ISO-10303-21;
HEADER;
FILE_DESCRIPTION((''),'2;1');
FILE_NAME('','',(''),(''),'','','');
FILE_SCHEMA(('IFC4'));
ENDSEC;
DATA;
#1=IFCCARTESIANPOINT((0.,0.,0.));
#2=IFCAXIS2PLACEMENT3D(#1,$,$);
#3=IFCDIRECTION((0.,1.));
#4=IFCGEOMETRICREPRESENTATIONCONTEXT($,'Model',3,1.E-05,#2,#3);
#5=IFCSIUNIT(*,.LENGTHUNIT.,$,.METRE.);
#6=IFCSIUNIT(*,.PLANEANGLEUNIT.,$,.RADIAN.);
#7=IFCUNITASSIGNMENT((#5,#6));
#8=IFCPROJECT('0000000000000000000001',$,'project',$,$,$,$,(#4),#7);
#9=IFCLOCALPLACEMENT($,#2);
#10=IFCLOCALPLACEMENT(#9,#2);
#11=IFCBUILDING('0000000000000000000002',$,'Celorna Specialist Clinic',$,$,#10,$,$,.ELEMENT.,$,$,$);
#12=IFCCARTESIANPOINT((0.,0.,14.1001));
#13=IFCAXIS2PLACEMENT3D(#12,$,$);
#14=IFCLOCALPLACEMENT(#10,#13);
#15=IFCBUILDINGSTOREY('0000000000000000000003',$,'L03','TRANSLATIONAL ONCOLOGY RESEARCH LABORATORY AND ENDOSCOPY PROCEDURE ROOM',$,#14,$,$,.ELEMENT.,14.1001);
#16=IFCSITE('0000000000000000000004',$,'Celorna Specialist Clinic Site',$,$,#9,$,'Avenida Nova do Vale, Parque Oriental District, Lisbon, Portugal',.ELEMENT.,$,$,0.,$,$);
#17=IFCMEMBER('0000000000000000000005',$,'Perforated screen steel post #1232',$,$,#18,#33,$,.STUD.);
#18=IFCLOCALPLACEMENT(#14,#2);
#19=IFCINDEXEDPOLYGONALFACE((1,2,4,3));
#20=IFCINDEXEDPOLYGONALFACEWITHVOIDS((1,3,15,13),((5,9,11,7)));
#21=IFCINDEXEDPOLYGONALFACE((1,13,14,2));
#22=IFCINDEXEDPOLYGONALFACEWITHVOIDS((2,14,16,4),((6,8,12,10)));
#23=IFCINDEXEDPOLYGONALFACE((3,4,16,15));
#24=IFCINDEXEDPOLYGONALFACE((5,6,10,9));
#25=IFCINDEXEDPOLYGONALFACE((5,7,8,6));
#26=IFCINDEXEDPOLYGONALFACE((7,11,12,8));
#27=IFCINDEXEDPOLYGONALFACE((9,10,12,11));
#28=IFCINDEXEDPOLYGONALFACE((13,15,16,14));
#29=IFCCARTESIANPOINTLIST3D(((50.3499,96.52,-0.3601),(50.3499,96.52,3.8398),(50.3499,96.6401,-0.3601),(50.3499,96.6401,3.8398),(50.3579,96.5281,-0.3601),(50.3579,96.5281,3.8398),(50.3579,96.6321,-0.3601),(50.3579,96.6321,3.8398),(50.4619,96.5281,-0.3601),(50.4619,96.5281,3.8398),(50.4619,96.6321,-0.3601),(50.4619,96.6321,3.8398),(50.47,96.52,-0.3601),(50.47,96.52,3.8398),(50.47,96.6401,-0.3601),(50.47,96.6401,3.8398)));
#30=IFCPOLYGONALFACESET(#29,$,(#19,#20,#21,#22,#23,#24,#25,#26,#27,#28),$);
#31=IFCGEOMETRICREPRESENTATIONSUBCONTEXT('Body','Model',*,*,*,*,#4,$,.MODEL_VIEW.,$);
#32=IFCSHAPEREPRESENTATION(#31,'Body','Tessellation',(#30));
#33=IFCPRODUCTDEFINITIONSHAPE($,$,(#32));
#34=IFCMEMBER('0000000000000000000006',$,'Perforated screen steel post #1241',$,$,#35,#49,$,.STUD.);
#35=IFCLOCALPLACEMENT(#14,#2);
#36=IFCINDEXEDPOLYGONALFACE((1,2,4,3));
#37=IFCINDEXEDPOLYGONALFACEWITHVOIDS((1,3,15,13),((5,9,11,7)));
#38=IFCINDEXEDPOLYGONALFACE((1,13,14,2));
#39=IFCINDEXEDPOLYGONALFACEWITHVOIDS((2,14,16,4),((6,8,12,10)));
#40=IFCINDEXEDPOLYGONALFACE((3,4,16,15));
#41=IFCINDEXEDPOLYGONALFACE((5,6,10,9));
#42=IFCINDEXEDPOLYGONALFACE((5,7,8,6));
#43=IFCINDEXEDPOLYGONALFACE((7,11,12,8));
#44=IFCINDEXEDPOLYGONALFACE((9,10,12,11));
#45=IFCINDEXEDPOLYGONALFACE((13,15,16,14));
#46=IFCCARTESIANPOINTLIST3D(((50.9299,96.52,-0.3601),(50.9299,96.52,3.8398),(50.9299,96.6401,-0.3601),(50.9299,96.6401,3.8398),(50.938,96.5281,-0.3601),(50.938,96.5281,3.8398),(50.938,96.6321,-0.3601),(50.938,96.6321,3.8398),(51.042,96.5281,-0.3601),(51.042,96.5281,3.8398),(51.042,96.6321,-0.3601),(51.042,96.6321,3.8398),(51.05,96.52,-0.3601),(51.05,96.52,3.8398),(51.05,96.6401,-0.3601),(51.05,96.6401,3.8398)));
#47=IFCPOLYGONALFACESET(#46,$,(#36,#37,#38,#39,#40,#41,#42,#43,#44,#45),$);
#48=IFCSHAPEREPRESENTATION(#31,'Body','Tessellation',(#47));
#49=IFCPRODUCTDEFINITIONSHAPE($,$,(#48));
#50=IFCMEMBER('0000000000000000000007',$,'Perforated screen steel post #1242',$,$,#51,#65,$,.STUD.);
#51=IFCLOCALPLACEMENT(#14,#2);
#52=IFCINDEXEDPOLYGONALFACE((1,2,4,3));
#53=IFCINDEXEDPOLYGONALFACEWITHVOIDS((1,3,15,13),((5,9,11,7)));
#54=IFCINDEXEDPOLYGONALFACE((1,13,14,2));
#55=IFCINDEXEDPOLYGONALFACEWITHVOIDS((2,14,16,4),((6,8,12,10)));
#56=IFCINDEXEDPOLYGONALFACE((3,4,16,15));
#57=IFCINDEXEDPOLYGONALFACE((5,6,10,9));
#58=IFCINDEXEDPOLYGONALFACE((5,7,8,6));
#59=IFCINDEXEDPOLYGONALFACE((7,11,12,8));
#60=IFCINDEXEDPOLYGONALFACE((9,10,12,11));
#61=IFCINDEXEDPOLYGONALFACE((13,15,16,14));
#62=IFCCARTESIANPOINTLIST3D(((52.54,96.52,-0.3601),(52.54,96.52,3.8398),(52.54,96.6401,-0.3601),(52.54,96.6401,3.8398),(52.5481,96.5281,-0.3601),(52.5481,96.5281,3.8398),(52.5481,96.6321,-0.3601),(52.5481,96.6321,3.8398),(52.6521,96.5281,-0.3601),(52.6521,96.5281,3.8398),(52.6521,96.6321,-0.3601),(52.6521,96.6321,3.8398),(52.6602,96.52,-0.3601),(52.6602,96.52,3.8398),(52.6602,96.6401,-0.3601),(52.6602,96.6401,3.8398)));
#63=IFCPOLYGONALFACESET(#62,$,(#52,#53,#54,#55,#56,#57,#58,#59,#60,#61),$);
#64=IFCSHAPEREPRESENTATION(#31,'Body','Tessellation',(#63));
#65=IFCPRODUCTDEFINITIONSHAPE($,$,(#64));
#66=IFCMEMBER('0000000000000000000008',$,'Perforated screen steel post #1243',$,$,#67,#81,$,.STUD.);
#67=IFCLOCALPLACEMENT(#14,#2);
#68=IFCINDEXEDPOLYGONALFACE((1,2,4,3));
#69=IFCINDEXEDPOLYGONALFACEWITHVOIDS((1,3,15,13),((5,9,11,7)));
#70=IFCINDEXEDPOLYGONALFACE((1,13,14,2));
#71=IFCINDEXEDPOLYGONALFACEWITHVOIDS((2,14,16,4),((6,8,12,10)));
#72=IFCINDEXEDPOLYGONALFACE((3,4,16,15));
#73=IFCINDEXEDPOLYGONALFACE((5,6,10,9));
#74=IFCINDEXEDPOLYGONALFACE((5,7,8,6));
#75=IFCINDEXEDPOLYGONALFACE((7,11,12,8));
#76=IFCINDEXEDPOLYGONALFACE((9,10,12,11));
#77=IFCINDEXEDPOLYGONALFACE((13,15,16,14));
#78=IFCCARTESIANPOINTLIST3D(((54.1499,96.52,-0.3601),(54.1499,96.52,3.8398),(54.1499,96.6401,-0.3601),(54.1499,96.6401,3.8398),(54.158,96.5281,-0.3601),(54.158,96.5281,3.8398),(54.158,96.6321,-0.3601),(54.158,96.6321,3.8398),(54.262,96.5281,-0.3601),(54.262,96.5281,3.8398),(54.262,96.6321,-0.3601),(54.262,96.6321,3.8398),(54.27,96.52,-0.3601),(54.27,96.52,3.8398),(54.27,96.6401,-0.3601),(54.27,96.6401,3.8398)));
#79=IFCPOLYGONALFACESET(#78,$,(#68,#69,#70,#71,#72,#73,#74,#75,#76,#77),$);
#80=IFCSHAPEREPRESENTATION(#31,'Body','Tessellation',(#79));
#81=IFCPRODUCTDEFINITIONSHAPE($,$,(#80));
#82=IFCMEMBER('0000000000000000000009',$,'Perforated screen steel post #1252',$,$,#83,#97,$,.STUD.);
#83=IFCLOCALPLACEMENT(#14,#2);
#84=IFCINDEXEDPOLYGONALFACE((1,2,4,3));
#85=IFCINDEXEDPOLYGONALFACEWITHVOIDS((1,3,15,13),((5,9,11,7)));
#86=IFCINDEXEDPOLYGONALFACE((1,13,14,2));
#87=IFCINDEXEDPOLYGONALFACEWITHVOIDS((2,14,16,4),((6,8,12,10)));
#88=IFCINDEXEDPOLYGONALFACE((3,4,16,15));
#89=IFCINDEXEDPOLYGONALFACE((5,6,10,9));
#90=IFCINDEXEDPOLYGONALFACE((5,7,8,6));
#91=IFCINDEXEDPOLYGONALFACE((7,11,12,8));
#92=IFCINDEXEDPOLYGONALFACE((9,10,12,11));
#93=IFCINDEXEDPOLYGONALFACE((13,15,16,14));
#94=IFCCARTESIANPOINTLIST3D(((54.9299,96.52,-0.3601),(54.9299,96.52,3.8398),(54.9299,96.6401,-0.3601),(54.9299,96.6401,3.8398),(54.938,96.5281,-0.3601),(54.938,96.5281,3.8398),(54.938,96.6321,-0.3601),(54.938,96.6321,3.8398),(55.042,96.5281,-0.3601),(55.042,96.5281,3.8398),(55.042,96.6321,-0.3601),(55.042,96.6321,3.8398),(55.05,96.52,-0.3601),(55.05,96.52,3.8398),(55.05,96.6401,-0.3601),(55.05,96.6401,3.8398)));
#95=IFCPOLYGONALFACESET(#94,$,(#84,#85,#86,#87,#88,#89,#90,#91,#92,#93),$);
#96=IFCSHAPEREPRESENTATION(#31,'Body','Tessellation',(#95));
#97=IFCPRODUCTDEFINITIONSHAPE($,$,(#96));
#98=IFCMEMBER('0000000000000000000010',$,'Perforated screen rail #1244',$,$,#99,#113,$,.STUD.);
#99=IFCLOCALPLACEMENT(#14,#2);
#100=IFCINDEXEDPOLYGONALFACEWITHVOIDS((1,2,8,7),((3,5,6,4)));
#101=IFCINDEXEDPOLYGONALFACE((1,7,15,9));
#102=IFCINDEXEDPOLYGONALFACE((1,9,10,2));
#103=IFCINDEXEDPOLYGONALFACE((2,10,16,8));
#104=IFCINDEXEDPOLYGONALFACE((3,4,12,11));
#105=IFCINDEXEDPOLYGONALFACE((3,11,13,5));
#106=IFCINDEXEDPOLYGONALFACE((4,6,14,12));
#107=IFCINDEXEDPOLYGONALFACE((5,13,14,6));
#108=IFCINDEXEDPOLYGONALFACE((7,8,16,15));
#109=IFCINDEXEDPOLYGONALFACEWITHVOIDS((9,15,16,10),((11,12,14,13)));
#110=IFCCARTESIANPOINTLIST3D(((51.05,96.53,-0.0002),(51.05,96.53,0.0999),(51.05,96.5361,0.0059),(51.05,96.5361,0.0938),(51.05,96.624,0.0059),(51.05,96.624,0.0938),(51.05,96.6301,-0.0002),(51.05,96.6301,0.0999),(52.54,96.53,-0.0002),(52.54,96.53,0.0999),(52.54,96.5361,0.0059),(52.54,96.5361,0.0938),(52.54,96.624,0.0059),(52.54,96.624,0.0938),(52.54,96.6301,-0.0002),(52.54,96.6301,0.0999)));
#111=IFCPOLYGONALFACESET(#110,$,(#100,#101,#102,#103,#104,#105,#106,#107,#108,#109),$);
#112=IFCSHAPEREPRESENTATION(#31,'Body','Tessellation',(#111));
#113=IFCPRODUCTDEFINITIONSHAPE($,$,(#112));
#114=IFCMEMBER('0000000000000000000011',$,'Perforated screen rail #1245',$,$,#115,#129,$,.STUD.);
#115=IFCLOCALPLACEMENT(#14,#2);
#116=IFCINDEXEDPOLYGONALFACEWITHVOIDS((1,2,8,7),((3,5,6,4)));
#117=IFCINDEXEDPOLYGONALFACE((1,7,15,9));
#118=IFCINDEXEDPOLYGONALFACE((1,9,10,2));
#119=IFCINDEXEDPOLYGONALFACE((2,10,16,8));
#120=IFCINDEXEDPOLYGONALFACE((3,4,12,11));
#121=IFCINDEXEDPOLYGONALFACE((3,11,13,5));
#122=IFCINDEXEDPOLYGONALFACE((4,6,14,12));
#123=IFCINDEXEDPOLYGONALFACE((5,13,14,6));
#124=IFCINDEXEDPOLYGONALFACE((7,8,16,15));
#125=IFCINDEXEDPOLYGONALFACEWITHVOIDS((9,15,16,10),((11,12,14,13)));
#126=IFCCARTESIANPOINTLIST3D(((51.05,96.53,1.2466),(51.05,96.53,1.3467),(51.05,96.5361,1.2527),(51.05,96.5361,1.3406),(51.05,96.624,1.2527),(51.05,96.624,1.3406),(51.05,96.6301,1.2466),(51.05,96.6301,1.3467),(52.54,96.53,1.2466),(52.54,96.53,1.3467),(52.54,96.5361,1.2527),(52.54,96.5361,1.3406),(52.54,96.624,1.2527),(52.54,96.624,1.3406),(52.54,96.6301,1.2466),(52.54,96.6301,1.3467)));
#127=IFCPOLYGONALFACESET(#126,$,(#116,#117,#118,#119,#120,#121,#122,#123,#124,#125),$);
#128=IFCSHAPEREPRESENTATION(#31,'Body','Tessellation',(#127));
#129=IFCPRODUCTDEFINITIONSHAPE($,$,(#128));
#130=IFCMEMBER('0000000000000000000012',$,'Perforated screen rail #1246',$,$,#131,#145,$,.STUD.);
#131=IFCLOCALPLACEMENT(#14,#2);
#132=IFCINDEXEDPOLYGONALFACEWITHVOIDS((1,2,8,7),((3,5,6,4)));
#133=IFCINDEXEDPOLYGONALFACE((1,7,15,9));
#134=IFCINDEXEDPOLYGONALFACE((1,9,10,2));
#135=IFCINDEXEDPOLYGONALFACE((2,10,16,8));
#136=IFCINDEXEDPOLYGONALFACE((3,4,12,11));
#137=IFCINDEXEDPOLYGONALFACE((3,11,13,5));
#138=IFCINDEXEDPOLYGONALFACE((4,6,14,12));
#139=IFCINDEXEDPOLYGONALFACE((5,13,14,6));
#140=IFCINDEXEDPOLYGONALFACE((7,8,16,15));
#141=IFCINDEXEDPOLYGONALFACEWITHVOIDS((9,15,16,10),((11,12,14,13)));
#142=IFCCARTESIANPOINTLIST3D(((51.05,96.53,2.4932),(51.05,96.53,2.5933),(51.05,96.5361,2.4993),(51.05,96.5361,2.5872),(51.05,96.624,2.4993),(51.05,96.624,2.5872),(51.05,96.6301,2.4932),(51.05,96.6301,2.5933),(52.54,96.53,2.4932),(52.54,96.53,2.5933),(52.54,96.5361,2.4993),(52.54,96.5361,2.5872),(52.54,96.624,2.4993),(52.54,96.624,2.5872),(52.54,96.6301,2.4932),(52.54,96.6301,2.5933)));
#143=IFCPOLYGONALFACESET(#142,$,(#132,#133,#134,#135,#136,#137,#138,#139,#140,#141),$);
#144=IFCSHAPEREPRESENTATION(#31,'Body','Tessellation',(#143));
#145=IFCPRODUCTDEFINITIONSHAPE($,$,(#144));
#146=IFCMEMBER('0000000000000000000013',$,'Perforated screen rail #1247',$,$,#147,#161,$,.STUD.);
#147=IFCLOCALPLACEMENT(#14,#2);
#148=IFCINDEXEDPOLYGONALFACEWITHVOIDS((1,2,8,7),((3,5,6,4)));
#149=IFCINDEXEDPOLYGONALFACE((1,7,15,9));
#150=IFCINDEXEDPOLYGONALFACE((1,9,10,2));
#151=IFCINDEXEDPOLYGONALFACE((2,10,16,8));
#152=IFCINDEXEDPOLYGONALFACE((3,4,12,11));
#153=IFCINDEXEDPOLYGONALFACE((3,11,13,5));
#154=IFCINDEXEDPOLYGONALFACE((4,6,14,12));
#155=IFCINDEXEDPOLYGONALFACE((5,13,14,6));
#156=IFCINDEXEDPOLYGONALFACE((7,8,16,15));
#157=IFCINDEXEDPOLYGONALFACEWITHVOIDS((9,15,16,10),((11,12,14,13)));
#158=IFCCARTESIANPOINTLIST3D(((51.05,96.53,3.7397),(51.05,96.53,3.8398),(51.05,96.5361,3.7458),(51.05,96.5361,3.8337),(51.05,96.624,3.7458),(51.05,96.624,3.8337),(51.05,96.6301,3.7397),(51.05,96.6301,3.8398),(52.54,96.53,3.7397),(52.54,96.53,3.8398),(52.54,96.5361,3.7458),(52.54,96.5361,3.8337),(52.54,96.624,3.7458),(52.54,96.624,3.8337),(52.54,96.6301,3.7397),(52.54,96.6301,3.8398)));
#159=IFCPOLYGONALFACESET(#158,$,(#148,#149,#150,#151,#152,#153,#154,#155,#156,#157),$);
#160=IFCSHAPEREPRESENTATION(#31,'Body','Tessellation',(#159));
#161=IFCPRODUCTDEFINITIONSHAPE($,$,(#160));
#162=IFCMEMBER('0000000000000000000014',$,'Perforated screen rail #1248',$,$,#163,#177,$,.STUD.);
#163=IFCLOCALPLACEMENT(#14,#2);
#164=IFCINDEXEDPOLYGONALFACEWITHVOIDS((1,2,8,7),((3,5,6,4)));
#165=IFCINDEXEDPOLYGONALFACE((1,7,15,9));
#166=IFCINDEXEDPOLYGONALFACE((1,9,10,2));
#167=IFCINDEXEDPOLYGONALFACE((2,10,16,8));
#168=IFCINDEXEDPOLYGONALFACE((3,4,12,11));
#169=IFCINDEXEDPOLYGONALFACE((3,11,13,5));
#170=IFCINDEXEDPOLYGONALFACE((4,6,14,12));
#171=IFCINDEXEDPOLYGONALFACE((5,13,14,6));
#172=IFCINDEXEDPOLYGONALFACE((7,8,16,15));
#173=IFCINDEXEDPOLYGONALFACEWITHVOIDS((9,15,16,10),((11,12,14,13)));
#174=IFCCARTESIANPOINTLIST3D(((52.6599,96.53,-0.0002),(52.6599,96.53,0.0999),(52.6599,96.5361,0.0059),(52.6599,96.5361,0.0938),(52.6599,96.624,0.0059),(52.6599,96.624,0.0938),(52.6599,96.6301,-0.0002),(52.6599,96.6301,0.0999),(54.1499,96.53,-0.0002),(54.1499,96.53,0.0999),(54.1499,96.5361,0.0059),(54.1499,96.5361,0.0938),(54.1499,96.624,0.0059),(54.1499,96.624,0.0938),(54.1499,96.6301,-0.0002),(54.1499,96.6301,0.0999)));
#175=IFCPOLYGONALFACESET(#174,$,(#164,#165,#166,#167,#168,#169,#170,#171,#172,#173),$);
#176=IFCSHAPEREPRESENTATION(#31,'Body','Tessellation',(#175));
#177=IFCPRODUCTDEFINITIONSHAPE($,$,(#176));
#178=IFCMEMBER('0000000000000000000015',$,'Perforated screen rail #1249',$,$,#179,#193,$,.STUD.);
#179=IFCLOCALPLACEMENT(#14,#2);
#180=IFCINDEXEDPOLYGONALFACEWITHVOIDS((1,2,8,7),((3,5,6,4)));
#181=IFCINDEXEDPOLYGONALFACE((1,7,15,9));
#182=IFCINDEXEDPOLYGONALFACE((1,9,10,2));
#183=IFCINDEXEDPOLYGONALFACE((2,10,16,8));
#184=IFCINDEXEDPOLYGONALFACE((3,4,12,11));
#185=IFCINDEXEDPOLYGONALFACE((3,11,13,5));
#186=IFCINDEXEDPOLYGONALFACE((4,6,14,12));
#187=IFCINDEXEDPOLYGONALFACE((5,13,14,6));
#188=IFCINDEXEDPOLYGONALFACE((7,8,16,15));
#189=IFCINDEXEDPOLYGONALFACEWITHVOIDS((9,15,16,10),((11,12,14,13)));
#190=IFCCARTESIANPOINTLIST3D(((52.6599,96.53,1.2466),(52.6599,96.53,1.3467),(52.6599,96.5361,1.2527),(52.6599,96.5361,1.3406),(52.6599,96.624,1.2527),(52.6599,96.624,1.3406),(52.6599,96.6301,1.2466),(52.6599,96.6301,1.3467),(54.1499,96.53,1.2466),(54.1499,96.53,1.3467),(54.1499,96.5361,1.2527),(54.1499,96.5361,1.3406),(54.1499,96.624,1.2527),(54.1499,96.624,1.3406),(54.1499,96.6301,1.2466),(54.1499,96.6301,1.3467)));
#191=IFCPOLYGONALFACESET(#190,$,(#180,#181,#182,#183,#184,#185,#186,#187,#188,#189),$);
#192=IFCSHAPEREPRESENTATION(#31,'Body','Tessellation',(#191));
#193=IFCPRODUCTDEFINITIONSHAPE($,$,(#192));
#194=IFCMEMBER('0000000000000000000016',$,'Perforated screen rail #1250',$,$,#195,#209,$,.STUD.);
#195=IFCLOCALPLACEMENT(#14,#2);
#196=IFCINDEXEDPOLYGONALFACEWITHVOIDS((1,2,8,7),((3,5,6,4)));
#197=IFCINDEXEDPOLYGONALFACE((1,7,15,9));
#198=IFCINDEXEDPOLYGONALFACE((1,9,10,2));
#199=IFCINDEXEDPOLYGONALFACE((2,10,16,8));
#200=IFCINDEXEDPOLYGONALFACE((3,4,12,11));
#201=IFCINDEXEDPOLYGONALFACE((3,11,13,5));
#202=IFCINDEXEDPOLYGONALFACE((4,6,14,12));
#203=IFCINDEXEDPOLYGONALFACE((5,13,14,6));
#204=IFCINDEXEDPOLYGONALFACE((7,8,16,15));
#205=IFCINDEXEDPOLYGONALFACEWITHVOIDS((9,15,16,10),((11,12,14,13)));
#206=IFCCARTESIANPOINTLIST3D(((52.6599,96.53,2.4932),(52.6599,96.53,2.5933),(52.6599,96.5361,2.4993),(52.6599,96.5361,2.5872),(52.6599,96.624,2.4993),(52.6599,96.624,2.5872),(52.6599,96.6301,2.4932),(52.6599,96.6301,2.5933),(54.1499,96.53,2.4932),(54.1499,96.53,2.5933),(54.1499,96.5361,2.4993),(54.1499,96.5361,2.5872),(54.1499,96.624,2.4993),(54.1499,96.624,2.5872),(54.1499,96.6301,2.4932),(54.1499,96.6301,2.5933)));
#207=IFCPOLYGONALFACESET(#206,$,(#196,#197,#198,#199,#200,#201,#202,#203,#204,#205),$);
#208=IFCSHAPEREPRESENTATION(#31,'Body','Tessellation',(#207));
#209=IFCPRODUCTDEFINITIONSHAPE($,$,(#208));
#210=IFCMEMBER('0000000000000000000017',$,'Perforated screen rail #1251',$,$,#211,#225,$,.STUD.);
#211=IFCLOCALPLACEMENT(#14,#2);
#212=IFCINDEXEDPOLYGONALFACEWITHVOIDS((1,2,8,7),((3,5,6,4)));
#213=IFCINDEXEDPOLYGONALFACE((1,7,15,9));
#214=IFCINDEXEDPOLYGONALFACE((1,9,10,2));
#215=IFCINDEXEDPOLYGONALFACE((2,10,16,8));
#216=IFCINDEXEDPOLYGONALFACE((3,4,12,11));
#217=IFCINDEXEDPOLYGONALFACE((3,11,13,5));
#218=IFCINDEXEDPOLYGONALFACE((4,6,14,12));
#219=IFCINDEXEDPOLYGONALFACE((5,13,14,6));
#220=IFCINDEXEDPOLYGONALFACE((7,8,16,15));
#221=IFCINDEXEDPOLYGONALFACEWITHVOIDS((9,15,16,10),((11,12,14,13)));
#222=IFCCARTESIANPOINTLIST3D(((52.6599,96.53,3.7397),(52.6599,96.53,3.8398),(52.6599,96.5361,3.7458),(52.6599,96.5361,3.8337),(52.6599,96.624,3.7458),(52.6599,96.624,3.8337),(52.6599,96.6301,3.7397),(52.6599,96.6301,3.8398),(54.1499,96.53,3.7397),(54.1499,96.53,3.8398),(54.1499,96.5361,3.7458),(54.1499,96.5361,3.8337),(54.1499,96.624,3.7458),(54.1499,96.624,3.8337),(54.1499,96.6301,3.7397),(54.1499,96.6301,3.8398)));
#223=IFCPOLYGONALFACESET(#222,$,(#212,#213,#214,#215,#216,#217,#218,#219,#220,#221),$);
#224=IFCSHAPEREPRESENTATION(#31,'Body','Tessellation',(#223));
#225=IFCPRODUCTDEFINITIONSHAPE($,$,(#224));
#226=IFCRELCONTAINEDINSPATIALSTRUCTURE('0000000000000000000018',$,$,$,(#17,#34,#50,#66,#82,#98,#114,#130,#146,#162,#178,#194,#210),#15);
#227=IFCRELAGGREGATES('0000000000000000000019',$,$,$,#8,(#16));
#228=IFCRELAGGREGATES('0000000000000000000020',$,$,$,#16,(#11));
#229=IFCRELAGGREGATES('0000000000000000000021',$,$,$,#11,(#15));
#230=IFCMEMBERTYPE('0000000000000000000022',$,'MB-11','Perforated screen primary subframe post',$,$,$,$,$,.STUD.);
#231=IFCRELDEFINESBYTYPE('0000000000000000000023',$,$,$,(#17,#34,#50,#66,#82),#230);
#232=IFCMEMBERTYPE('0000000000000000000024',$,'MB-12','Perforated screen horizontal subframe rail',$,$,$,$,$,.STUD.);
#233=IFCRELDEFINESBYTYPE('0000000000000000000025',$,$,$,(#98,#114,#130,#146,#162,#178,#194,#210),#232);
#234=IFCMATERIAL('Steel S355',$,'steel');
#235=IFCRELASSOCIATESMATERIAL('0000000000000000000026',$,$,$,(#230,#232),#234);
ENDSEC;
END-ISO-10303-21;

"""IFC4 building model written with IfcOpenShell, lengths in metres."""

from ifc_helpers import new_model, si_unit, direction, frame, origin, origin_2d, place, context, subcontext, project, spatial, hollow_rectangle, extrude, material, material_profile, profile_set, type_object, element, save


model = new_model("IFC4")

# Units and contexts
model_context = context("Model", 3, precision=1e-05, world=origin(), true_north=direction((0.0, 1.0)))
body_context = subcontext(model_context, "Body", "Model", "MODEL_VIEW")
ifc_project = project(units=[si_unit("LENGTHUNIT", "METRE"), si_unit("PLANEANGLEUNIT", "RADIAN")], contexts=[model_context])

# Site, building, storey
site_placement = place(None, origin())
site = spatial("IfcSite", under=ifc_project, at=site_placement, Name="Celorna Specialist Clinic Site", LongName="Avenida Nova do Vale, Parque Oriental District, Lisbon, Portugal", CompositionType="ELEMENT", RefElevation=0.0)
building_placement = place(site_placement, origin())
building = spatial("IfcBuilding", under=site, at=building_placement, Name="Celorna Specialist Clinic", CompositionType="ELEMENT")
storey_placement = place(building_placement, frame((0.0, 0.0, 14.1001)))
storey = spatial("IfcBuildingStorey", under=building, at=storey_placement, Name="L03", Description="TRANSLATIONAL ONCOLOGY RESEARCH LABORATORY AND ENDOSCOPY PROCEDURE ROOM", CompositionType="ELEMENT", Elevation=14.1001)

# Members
ifc_material_1 = material(Name="Steel S355", Category="steel")
ifc_material_profile_1 = material_profile(ifc_material_1, hollow_rectangle(XDim=0.1201, YDim=0.1201, WallThickness=0.0081, at=origin_2d()), Name="SHS 120x120x8")
ifc_profile_set_1 = profile_set([ifc_material_profile_1], Name="Steel S355")
member_type_1 = type_object("IfcMemberType", Name="MB-11", Description="Perforated screen primary subframe post", PredefinedType="STUD", material=ifc_profile_set_1)
for number, where, z_axis, x_axis, name in (
    (1, (50.4099, 96.5801, -0.3601), (0.0, 0.0, 1.0), (1.0, 0.0, 0.0), "Perforated screen steel post #1232"),
    (2, (50.99, 96.5801, -0.3601), (0.0, 0.0, 1.0), (1.0, 0.0, 0.0), "Perforated screen steel post #1241"),
    (3, (52.6001, 96.5801, -0.3601), (0.0, 0.0, 1.0), (1.0, 0.0, 0.0), "Perforated screen steel post #1242"),
    (4, (54.21, 96.5801, -0.3601), (0.0, 0.0, 1.0), (1.0, 0.0, 0.0), "Perforated screen steel post #1243"),
    (5, (54.99, 96.5801, -0.3601), (0.0, 0.0, 1.0), (1.0, 0.0, 0.0), "Perforated screen steel post #1252"),
):
    element("IfcMember", number, at=place(storey_placement, frame(where, z_axis=z_axis, x_axis=x_axis)), inside=storey, type_object=member_type_1, Name=name, PredefinedType="STUD", context=body_context, shape_type="SweptSolid", body=[
        extrude(hollow_rectangle(XDim=0.1201, YDim=0.1201, WallThickness=0.0081, at=origin_2d()), origin(), (0.0, 0.0, 1.0), 4.2),
    ])
ifc_material_profile_2 = material_profile(ifc_material_1, hollow_rectangle(XDim=0.1001, YDim=0.1001, WallThickness=0.0061, at=origin_2d()), Name="SHS 100x100x6")
ifc_profile_set_2 = profile_set([ifc_material_profile_2], Name="Steel S355")
member_type_2 = type_object("IfcMemberType", Name="MB-12", Description="Perforated screen horizontal subframe rail", PredefinedType="STUD", material=ifc_profile_set_2)
for number, where, z_axis, x_axis, name in (
    (6, (51.05, 96.5801, 0.0498), (1.0, 0.0, 0.0), (0.0, 1.0, 0.0), "Perforated screen rail #1244"),
    (7, (51.05, 96.5801, 1.2966), (1.0, 0.0, 0.0), (0.0, 1.0, 0.0), "Perforated screen rail #1245"),
    (8, (51.05, 96.5801, 2.5432), (1.0, 0.0, 0.0), (0.0, 1.0, 0.0), "Perforated screen rail #1246"),
    (9, (51.05, 96.5801, 3.7898), (1.0, 0.0, 0.0), (0.0, 1.0, 0.0), "Perforated screen rail #1247"),
    (10, (52.6599, 96.5801, 0.0498), (1.0, 0.0, 0.0), (0.0, 1.0, 0.0), "Perforated screen rail #1248"),
    (11, (52.6599, 96.5801, 1.2966), (1.0, 0.0, 0.0), (0.0, 1.0, 0.0), "Perforated screen rail #1249"),
    (12, (52.6599, 96.5801, 2.5432), (1.0, 0.0, 0.0), (0.0, 1.0, 0.0), "Perforated screen rail #1250"),
    (13, (52.6599, 96.5801, 3.7898), (1.0, 0.0, 0.0), (0.0, 1.0, 0.0), "Perforated screen rail #1251"),
):
    element("IfcMember", number, at=place(storey_placement, frame(where, z_axis=z_axis, x_axis=x_axis)), inside=storey, type_object=member_type_2, Name=name, PredefinedType="STUD", context=body_context, shape_type="SweptSolid", body=[
        extrude(hollow_rectangle(XDim=0.1001, YDim=0.1001, WallThickness=0.0061, at=origin_2d()), origin(), (0.0, 0.0, 1.0), 1.49),
    ])

save(model, "model.ifc")
